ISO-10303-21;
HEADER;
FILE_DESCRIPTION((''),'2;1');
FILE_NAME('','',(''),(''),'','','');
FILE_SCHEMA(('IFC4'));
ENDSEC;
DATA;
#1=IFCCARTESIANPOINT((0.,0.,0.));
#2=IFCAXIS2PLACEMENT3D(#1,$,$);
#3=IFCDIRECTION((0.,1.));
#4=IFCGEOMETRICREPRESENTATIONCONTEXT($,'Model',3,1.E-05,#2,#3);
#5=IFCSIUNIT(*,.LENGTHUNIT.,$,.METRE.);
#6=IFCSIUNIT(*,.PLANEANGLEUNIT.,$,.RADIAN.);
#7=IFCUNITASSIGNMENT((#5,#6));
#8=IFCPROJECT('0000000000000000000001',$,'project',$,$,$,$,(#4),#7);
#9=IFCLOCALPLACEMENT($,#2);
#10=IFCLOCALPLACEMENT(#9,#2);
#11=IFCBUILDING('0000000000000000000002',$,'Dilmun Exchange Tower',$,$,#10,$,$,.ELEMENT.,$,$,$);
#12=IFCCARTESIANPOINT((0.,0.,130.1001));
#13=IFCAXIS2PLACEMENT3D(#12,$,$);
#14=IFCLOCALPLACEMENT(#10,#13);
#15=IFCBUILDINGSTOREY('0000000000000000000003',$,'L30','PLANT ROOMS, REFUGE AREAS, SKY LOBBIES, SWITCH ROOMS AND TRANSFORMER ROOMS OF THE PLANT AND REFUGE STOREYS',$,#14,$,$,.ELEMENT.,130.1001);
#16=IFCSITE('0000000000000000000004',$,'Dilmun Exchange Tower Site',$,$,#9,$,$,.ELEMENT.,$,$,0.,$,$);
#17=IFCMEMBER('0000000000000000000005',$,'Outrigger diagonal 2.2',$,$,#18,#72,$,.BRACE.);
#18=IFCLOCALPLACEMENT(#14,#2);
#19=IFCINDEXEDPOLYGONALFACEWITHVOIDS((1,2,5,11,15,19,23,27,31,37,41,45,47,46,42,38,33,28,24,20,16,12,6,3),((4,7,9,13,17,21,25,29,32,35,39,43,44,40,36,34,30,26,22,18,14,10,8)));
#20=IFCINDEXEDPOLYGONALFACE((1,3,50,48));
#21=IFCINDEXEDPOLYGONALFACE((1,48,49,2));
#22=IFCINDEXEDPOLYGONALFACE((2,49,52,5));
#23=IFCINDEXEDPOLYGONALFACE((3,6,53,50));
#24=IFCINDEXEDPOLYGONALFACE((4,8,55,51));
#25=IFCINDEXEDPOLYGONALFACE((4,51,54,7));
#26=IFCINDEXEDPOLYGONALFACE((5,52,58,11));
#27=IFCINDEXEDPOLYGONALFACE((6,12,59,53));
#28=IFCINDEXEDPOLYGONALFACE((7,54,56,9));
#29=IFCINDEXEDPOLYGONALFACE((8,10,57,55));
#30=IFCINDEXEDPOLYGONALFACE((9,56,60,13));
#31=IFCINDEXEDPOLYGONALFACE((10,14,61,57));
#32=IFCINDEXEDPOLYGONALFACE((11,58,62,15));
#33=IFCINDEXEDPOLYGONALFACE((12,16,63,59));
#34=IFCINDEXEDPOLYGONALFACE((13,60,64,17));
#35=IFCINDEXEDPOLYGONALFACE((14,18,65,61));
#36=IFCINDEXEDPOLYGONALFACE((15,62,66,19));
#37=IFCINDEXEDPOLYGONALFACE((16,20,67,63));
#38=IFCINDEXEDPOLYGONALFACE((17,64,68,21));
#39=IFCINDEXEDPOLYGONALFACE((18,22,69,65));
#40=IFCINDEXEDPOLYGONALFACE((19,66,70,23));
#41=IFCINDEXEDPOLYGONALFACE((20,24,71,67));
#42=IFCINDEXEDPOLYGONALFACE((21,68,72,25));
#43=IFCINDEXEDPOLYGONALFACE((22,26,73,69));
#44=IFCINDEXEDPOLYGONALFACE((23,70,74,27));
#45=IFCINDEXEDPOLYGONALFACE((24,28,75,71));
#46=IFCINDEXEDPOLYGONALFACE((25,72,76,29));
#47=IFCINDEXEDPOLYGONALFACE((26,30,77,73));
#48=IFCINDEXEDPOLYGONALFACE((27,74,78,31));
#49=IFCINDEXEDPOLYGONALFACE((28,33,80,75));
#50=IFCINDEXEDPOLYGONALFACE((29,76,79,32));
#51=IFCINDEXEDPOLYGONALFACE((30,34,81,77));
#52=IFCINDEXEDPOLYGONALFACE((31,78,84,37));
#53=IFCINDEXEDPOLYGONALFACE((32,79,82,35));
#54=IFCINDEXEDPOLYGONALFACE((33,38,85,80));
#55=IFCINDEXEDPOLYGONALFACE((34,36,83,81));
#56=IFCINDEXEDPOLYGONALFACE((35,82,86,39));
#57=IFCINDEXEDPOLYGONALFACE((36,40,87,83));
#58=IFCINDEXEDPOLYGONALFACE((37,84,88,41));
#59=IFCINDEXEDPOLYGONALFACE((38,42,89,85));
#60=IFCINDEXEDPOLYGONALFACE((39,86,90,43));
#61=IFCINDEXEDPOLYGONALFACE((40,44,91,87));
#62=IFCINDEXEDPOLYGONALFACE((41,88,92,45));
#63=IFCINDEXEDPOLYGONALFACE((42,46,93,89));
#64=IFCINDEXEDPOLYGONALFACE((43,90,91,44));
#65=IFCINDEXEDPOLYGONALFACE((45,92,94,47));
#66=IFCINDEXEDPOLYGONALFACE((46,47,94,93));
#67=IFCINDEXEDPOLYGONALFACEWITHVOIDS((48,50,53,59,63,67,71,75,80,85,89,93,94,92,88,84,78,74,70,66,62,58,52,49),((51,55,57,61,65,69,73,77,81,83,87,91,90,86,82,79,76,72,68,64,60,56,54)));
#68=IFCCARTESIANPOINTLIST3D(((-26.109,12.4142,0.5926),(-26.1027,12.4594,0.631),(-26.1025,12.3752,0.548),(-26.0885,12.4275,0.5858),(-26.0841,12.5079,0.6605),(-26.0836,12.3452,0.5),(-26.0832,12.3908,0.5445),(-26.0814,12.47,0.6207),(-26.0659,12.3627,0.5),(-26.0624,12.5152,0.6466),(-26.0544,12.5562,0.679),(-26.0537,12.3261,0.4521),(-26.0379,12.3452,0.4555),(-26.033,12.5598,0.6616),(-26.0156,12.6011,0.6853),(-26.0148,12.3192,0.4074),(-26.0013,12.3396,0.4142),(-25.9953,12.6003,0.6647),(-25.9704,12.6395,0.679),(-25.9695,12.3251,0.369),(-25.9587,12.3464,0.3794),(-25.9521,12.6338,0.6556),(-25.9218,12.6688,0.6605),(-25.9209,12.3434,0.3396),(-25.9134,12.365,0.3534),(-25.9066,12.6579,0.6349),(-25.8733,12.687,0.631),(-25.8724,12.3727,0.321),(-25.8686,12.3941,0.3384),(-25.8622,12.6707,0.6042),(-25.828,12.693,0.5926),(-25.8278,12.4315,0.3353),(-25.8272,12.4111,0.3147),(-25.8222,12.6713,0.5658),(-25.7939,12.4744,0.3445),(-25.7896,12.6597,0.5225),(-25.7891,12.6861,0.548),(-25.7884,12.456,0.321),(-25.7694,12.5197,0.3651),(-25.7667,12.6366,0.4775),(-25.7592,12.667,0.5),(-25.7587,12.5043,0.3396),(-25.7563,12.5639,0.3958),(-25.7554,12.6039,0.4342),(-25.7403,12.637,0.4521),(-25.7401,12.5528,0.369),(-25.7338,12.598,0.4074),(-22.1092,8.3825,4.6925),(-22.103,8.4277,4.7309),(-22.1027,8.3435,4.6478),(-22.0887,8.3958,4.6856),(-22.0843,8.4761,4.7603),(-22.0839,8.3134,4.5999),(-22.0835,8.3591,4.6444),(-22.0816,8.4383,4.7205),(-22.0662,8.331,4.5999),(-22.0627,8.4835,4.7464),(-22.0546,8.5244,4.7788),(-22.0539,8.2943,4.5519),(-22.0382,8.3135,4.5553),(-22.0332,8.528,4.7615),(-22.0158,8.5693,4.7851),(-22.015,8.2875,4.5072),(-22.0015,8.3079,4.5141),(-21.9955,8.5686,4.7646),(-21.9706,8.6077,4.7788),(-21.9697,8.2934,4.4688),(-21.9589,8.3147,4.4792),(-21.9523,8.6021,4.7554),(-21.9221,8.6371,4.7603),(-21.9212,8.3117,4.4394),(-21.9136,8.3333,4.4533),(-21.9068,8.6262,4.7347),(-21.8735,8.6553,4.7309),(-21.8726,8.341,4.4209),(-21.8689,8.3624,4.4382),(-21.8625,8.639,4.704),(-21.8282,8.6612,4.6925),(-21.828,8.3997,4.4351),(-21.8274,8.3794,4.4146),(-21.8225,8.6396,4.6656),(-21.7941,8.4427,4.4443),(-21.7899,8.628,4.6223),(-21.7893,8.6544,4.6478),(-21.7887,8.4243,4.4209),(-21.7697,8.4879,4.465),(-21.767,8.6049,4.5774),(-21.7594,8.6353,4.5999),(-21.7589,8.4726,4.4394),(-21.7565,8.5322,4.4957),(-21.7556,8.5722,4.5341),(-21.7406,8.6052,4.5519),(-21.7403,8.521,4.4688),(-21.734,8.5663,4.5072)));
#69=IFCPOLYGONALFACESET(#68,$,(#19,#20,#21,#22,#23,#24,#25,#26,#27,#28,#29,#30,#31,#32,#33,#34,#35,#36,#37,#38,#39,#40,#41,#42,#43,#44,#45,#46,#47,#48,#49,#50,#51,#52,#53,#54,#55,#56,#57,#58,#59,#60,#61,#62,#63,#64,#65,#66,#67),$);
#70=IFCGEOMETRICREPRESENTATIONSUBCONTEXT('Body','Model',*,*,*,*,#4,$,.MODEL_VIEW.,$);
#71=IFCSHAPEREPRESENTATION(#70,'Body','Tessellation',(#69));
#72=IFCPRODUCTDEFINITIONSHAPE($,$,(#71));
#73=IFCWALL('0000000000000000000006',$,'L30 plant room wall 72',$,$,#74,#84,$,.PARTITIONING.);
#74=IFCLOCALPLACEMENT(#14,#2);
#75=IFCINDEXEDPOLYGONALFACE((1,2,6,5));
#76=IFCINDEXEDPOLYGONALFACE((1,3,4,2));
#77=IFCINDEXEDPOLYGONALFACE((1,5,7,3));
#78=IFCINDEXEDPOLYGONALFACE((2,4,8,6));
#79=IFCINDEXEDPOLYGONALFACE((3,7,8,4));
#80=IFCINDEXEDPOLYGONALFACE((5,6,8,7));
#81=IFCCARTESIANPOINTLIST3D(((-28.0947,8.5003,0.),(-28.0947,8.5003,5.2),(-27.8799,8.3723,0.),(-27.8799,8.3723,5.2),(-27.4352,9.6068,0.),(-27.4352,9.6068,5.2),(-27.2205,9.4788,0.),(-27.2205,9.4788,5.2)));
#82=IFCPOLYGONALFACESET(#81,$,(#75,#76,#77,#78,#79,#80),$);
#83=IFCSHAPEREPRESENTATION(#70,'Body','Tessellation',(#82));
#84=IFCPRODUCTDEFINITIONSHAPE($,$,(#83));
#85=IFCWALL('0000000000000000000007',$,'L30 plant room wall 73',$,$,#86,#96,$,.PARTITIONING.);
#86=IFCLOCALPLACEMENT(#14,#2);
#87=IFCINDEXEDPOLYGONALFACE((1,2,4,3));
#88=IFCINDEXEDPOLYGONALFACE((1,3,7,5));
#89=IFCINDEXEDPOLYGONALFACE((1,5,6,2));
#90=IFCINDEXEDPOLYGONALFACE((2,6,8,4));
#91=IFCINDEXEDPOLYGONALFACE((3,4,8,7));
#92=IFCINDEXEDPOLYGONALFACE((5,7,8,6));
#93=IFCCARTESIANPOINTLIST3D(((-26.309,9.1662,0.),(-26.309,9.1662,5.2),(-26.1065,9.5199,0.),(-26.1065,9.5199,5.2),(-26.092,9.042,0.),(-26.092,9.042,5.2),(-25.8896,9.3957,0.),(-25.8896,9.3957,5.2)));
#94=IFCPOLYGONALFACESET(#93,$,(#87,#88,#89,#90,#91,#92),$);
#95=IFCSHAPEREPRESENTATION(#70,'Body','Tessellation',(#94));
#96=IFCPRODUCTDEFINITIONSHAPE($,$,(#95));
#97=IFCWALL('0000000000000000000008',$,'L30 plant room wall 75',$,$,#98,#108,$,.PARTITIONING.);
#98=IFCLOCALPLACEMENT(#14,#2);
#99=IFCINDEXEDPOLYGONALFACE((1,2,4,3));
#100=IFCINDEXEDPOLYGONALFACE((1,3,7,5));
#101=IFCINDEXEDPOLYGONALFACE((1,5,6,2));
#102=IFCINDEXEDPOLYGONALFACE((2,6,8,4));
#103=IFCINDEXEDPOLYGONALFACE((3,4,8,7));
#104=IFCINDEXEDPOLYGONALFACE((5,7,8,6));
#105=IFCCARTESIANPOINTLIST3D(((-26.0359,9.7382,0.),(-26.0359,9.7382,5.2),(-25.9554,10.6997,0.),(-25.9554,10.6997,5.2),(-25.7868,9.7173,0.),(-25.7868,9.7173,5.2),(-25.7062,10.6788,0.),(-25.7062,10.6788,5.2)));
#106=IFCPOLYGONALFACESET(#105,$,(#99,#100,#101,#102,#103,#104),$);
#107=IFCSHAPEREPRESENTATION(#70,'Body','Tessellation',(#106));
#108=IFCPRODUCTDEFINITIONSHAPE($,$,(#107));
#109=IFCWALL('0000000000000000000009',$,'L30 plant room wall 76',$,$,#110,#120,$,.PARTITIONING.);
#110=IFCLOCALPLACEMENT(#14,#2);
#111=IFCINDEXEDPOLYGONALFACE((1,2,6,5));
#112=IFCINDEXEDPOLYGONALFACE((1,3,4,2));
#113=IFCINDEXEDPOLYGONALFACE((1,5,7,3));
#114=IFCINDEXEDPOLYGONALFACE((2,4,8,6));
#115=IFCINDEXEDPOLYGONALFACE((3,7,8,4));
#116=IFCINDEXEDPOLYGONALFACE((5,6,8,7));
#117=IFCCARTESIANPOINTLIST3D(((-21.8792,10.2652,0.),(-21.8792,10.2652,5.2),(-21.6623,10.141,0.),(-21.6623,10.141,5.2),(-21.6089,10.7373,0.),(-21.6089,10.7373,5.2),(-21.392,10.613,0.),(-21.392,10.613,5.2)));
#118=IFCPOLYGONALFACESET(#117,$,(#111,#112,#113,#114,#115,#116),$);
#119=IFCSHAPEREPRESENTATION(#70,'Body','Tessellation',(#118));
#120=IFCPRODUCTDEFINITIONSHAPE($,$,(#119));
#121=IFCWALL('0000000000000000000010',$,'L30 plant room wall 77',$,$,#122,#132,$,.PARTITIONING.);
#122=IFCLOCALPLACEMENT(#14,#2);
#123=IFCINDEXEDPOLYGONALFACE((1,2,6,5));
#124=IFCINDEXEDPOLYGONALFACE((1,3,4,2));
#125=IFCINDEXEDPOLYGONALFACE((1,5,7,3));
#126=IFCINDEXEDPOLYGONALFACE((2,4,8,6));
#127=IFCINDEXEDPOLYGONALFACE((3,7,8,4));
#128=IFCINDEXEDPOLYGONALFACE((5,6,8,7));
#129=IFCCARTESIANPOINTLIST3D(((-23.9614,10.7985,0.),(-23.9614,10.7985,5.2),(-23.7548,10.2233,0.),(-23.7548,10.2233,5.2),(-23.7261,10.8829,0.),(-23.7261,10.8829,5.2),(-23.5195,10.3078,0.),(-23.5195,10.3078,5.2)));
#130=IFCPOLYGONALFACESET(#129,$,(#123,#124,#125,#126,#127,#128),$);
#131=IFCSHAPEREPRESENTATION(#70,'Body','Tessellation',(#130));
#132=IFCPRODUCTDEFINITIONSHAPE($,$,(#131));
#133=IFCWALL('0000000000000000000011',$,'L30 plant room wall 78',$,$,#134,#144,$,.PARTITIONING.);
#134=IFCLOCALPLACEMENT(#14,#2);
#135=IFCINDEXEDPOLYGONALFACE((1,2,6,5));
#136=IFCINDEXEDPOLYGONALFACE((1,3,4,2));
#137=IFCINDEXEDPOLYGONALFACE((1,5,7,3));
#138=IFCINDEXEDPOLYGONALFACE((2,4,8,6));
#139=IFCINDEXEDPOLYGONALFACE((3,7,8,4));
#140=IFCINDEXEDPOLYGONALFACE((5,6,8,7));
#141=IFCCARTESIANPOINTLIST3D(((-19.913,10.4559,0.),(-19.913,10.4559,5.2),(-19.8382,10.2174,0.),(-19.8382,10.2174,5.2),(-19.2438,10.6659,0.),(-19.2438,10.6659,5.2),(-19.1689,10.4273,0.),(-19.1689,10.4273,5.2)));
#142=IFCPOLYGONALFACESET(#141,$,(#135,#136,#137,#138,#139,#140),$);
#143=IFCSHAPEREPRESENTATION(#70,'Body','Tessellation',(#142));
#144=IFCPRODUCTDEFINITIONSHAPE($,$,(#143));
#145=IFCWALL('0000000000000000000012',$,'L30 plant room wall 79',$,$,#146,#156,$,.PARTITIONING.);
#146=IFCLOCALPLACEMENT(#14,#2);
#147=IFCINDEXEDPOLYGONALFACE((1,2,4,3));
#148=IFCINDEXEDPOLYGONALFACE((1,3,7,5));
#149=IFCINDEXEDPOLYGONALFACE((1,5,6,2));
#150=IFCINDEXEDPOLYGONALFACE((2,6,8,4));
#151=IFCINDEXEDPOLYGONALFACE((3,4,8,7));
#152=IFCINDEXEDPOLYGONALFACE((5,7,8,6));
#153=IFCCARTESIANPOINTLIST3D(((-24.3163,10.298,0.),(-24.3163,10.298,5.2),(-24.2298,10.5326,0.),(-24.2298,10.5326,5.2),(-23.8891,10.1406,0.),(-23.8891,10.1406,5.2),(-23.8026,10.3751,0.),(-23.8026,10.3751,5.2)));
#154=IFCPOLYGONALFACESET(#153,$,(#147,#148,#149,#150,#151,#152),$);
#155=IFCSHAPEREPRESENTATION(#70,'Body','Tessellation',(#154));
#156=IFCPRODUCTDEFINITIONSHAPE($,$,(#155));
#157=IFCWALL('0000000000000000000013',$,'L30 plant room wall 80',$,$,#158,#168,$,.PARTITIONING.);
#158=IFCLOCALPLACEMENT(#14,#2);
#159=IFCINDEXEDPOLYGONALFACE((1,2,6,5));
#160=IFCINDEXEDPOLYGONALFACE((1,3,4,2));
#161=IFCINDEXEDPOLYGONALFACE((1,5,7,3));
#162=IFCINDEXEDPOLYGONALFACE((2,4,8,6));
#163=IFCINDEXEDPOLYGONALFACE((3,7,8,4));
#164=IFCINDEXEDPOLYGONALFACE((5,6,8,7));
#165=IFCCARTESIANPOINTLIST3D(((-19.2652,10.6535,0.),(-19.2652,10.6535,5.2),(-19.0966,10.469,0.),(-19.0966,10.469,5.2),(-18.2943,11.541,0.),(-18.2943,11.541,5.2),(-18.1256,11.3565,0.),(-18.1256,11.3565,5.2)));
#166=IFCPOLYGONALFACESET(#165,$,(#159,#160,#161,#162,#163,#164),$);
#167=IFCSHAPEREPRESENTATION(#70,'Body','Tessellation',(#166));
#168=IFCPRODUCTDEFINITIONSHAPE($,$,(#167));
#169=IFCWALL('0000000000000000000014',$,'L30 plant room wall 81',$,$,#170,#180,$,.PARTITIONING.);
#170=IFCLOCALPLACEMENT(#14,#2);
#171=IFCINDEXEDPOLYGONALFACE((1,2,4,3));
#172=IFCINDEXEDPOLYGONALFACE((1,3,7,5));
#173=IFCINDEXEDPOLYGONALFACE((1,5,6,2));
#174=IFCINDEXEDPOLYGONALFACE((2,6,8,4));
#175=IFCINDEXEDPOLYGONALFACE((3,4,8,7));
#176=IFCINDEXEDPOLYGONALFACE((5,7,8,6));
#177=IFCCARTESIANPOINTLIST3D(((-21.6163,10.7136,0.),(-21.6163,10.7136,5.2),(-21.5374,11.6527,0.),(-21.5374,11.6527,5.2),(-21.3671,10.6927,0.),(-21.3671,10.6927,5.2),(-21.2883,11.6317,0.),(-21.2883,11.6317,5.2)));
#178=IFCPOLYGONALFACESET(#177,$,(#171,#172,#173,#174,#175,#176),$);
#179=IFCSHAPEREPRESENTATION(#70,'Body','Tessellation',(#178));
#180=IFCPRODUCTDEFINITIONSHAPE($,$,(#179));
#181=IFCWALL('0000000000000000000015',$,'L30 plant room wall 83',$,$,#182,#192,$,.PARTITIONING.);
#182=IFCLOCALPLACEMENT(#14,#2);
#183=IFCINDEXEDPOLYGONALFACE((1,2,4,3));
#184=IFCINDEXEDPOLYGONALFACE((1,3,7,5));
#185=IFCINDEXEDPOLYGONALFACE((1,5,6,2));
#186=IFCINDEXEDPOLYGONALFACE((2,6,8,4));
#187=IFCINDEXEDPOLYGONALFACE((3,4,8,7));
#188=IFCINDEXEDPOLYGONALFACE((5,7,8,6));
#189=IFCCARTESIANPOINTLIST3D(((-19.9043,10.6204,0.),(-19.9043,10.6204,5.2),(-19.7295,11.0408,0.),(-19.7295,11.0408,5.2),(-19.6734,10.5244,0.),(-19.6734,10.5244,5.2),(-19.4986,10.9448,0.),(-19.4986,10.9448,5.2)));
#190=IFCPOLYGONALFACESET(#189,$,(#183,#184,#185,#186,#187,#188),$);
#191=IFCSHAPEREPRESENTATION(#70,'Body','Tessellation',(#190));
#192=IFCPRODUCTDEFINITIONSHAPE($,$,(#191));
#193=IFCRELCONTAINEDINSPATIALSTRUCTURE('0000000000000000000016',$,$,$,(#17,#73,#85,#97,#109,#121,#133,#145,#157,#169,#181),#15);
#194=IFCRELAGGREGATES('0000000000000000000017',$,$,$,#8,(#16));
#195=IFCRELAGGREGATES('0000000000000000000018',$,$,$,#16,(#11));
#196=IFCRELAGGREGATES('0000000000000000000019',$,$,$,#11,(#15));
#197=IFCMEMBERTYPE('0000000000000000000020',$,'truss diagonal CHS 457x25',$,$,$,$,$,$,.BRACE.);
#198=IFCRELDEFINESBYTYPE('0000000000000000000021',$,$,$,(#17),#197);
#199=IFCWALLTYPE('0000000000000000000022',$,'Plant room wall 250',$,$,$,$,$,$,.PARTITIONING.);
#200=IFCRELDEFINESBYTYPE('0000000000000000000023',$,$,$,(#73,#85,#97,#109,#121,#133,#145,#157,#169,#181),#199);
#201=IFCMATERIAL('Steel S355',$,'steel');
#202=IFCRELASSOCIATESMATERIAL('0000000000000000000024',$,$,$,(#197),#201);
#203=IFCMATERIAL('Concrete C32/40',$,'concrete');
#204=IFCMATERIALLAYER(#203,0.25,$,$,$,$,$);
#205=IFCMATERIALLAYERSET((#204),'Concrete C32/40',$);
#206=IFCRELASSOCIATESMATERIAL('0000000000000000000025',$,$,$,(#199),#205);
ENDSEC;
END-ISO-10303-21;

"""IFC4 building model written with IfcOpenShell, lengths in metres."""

from ifc_helpers import new_model, si_unit, direction, frame, frame_2d, origin, origin_2d, place, context, subcontext, project, spatial, rectangle, hollow_circle, extrude, material, layer, layer_set, material_profile, profile_set, type_object, element, save


model = new_model("IFC4")

# Units and contexts
model_context = context("Model", 3, precision=1e-05, world=origin(), true_north=direction((0.0, 1.0)))
body_context = subcontext(model_context, "Body", "Model", "MODEL_VIEW")
ifc_project = project(units=[si_unit("LENGTHUNIT", "METRE"), si_unit("PLANEANGLEUNIT", "RADIAN")], contexts=[model_context])

# Site, building, storey
site_placement = place(None, origin())
site = spatial("IfcSite", under=ifc_project, at=site_placement, Name="Dilmun Exchange Tower Site", CompositionType="ELEMENT", RefElevation=0.0)
building_placement = place(site_placement, origin())
building = spatial("IfcBuilding", under=site, at=building_placement, Name="Dilmun Exchange Tower", CompositionType="ELEMENT")
storey_placement = place(building_placement, frame((0.0, 0.0, 130.1001)))
storey = spatial("IfcBuildingStorey", under=building, at=storey_placement, Name="L30", Description="PLANT ROOMS, REFUGE AREAS, SKY LOBBIES, SWITCH ROOMS AND TRANSFORMER ROOMS OF THE PLANT AND REFUGE STOREYS", CompositionType="ELEMENT", Elevation=130.1001)

# Shared definitions
ifc_material_1 = material(Name="Steel S355", Category="steel")

# Member
ifc_material_profile_1 = material_profile(ifc_material_1, hollow_circle(Radius=0.2285, WallThickness=0.0249, at=origin_2d()), Name="CHS 457x25")
ifc_profile_set_1 = profile_set([ifc_material_profile_1], Name="Steel S355")
member_type_1 = type_object("IfcMemberType", Name="truss diagonal CHS 457x25", PredefinedType="BRACE", material=ifc_profile_set_1)
member_1_placement = place(storey_placement, frame((-21.9216, 8.4744, 4.5999), z_axis=(-0.571034, 0.5756, -0.585325), x_axis=(-0.709917, -0.704285, 0.0)))
element("IfcMember", 1, at=member_1_placement, inside=storey, type_object=member_type_1, Name="Outrigger diagonal 2.2", PredefinedType="BRACE", context=body_context, shape_type="SweptSolid", body=[
    extrude(hollow_circle(Radius=0.2285, WallThickness=0.0249, at=origin_2d()), origin(), (0.0, 0.0, 1.0), 7.0044),
])

# Walls
ifc_material_2 = material(Name="Concrete C32/40", Category="concrete")
ifc_layer_1 = layer(ifc_material_2, 0.25)
ifc_layer_set_1 = layer_set([ifc_layer_1], Name="Concrete C32/40")
wall_type = type_object("IfcWallType", Name="Plant room wall 250", PredefinedType="PARTITIONING", material=ifc_layer_set_1)
wall_1_placement = place(storey_placement, frame((-27.9873, 8.4363, 0.0), z_axis=(0.0, 0.0, 1.0), x_axis=(0.511957, 0.859011, 0.0)))
element("IfcWall", 2, at=wall_1_placement, inside=storey, type_object=wall_type, Name="L30 plant room wall 72", PredefinedType="PARTITIONING", context=body_context, shape_type="SweptSolid", body=[
    extrude(rectangle(XDim=1.2881, YDim=0.25, at=frame_2d((0.644, 0.0))), origin(), (0.0, 0.0, 1.0), 5.2),
])
wall_2_placement = place(storey_placement, frame((-26.2004, 9.1042, 0.0), z_axis=(0.0, 0.0, 1.0), x_axis=(0.496849, 0.867837, 0.0)))
element("IfcWall", 3, at=wall_2_placement, inside=storey, type_object=wall_type, Name="L30 plant room wall 73", PredefinedType="PARTITIONING", context=body_context, shape_type="SweptSolid", body=[
    extrude(rectangle(XDim=0.4075, YDim=0.25, at=frame_2d((0.2036, 0.0))), origin(), (0.0, 0.0, 1.0), 5.2),
])
wall_3_placement = place(storey_placement, frame((-25.9114, 9.7278, 0.0), z_axis=(0.0, 0.0, 1.0), x_axis=(0.083506, 0.996507, 0.0)))
element("IfcWall", 4, at=wall_3_placement, inside=storey, type_object=wall_type, Name="L30 plant room wall 75", PredefinedType="PARTITIONING", context=body_context, shape_type="SweptSolid", body=[
    extrude(rectangle(XDim=0.9648, YDim=0.25, at=frame_2d((0.4824, 0.0))), origin(), (0.0, 0.0, 1.0), 5.2),
])
wall_4_placement = place(storey_placement, frame((-21.7708, 10.2031, 0.0), z_axis=(0.0, 0.0, 1.0), x_axis=(0.496961, 0.867773, 0.0)))
element("IfcWall", 5, at=wall_4_placement, inside=storey, type_object=wall_type, Name="L30 plant room wall 76", PredefinedType="PARTITIONING", context=body_context, shape_type="SweptSolid", body=[
    extrude(rectangle(XDim=0.5439, YDim=0.25, at=frame_2d((0.272, 0.0))), origin(), (0.0, 0.0, 1.0), 5.2),
])
wall_5_placement = place(storey_placement, frame((-23.8438, 10.8408, 0.0), z_axis=(0.0, 0.0, 1.0), x_axis=(0.337955, -0.941162, 0.0)))
element("IfcWall", 6, at=wall_5_placement, inside=storey, type_object=wall_type, Name="L30 plant room wall 77", PredefinedType="PARTITIONING", context=body_context, shape_type="SweptSolid", body=[
    extrude(rectangle(XDim=0.6111, YDim=0.25, at=frame_2d((0.3057, 0.0))), origin(), (0.0, 0.0, 1.0), 5.2),
])
wall_6_placement = place(storey_placement, frame((-19.8755, 10.3367, 0.0), z_axis=(0.0, 0.0, 1.0), x_axis=(0.954139, 0.299365, 0.0)))
element("IfcWall", 7, at=wall_6_placement, inside=storey, type_object=wall_type, Name="L30 plant room wall 78", PredefinedType="PARTITIONING", context=body_context, shape_type="SweptSolid", body=[
    extrude(rectangle(XDim=0.7014, YDim=0.25, at=frame_2d((0.3506, 0.0))), origin(), (0.0, 0.0, 1.0), 5.2),
])
wall_7_placement = place(storey_placement, frame((-24.2729, 10.4153, 0.0), z_axis=(0.0, 0.0, 1.0), x_axis=(0.938297, -0.34583, 0.0)))
element("IfcWall", 8, at=wall_7_placement, inside=storey, type_object=wall_type, Name="L30 plant room wall 79", PredefinedType="PARTITIONING", context=body_context, shape_type="SweptSolid", body=[
    extrude(rectangle(XDim=0.4553, YDim=0.25, at=frame_2d((0.2275, 0.0))), origin(), (0.0, 0.0, 1.0), 5.2),
])
wall_8_placement = place(storey_placement, frame((-19.1809, 10.5613, 0.0), z_axis=(0.0, 0.0, 1.0), x_axis=(0.738132, 0.674657, 0.0)))
element("IfcWall", 9, at=wall_8_placement, inside=storey, type_object=wall_type, Name="L30 plant room wall 80", PredefinedType="PARTITIONING", context=body_context, shape_type="SweptSolid", body=[
    extrude(rectangle(XDim=1.3154, YDim=0.25, at=frame_2d((0.6577, 0.0))), origin(), (0.0, 0.0, 1.0), 5.2),
])
wall_9_placement = place(storey_placement, frame((-21.4917, 10.7031, 0.0), z_axis=(0.0, 0.0, 1.0), x_axis=(0.083689, 0.996492, 0.0)))
element("IfcWall", 10, at=wall_9_placement, inside=storey, type_object=wall_type, Name="L30 plant room wall 81", PredefinedType="PARTITIONING", context=body_context, shape_type="SweptSolid", body=[
    extrude(rectangle(XDim=0.9424, YDim=0.25, at=frame_2d((0.4712, 0.0))), origin(), (0.0, 0.0, 1.0), 5.2),
])
wall_10_placement = place(storey_placement, frame((-19.7888, 10.5725, 0.0), z_axis=(0.0, 0.0, 1.0), x_axis=(0.38393, 0.923362, 0.0)))
element("IfcWall", 11, at=wall_10_placement, inside=storey, type_object=wall_type, Name="L30 plant room wall 83", PredefinedType="PARTITIONING", context=body_context, shape_type="SweptSolid", body=[
    extrude(rectangle(XDim=0.4553, YDim=0.25, at=frame_2d((0.2275, 0.0))), origin(), (0.0, 0.0, 1.0), 5.2),
])

save(model, "model.ifc")
